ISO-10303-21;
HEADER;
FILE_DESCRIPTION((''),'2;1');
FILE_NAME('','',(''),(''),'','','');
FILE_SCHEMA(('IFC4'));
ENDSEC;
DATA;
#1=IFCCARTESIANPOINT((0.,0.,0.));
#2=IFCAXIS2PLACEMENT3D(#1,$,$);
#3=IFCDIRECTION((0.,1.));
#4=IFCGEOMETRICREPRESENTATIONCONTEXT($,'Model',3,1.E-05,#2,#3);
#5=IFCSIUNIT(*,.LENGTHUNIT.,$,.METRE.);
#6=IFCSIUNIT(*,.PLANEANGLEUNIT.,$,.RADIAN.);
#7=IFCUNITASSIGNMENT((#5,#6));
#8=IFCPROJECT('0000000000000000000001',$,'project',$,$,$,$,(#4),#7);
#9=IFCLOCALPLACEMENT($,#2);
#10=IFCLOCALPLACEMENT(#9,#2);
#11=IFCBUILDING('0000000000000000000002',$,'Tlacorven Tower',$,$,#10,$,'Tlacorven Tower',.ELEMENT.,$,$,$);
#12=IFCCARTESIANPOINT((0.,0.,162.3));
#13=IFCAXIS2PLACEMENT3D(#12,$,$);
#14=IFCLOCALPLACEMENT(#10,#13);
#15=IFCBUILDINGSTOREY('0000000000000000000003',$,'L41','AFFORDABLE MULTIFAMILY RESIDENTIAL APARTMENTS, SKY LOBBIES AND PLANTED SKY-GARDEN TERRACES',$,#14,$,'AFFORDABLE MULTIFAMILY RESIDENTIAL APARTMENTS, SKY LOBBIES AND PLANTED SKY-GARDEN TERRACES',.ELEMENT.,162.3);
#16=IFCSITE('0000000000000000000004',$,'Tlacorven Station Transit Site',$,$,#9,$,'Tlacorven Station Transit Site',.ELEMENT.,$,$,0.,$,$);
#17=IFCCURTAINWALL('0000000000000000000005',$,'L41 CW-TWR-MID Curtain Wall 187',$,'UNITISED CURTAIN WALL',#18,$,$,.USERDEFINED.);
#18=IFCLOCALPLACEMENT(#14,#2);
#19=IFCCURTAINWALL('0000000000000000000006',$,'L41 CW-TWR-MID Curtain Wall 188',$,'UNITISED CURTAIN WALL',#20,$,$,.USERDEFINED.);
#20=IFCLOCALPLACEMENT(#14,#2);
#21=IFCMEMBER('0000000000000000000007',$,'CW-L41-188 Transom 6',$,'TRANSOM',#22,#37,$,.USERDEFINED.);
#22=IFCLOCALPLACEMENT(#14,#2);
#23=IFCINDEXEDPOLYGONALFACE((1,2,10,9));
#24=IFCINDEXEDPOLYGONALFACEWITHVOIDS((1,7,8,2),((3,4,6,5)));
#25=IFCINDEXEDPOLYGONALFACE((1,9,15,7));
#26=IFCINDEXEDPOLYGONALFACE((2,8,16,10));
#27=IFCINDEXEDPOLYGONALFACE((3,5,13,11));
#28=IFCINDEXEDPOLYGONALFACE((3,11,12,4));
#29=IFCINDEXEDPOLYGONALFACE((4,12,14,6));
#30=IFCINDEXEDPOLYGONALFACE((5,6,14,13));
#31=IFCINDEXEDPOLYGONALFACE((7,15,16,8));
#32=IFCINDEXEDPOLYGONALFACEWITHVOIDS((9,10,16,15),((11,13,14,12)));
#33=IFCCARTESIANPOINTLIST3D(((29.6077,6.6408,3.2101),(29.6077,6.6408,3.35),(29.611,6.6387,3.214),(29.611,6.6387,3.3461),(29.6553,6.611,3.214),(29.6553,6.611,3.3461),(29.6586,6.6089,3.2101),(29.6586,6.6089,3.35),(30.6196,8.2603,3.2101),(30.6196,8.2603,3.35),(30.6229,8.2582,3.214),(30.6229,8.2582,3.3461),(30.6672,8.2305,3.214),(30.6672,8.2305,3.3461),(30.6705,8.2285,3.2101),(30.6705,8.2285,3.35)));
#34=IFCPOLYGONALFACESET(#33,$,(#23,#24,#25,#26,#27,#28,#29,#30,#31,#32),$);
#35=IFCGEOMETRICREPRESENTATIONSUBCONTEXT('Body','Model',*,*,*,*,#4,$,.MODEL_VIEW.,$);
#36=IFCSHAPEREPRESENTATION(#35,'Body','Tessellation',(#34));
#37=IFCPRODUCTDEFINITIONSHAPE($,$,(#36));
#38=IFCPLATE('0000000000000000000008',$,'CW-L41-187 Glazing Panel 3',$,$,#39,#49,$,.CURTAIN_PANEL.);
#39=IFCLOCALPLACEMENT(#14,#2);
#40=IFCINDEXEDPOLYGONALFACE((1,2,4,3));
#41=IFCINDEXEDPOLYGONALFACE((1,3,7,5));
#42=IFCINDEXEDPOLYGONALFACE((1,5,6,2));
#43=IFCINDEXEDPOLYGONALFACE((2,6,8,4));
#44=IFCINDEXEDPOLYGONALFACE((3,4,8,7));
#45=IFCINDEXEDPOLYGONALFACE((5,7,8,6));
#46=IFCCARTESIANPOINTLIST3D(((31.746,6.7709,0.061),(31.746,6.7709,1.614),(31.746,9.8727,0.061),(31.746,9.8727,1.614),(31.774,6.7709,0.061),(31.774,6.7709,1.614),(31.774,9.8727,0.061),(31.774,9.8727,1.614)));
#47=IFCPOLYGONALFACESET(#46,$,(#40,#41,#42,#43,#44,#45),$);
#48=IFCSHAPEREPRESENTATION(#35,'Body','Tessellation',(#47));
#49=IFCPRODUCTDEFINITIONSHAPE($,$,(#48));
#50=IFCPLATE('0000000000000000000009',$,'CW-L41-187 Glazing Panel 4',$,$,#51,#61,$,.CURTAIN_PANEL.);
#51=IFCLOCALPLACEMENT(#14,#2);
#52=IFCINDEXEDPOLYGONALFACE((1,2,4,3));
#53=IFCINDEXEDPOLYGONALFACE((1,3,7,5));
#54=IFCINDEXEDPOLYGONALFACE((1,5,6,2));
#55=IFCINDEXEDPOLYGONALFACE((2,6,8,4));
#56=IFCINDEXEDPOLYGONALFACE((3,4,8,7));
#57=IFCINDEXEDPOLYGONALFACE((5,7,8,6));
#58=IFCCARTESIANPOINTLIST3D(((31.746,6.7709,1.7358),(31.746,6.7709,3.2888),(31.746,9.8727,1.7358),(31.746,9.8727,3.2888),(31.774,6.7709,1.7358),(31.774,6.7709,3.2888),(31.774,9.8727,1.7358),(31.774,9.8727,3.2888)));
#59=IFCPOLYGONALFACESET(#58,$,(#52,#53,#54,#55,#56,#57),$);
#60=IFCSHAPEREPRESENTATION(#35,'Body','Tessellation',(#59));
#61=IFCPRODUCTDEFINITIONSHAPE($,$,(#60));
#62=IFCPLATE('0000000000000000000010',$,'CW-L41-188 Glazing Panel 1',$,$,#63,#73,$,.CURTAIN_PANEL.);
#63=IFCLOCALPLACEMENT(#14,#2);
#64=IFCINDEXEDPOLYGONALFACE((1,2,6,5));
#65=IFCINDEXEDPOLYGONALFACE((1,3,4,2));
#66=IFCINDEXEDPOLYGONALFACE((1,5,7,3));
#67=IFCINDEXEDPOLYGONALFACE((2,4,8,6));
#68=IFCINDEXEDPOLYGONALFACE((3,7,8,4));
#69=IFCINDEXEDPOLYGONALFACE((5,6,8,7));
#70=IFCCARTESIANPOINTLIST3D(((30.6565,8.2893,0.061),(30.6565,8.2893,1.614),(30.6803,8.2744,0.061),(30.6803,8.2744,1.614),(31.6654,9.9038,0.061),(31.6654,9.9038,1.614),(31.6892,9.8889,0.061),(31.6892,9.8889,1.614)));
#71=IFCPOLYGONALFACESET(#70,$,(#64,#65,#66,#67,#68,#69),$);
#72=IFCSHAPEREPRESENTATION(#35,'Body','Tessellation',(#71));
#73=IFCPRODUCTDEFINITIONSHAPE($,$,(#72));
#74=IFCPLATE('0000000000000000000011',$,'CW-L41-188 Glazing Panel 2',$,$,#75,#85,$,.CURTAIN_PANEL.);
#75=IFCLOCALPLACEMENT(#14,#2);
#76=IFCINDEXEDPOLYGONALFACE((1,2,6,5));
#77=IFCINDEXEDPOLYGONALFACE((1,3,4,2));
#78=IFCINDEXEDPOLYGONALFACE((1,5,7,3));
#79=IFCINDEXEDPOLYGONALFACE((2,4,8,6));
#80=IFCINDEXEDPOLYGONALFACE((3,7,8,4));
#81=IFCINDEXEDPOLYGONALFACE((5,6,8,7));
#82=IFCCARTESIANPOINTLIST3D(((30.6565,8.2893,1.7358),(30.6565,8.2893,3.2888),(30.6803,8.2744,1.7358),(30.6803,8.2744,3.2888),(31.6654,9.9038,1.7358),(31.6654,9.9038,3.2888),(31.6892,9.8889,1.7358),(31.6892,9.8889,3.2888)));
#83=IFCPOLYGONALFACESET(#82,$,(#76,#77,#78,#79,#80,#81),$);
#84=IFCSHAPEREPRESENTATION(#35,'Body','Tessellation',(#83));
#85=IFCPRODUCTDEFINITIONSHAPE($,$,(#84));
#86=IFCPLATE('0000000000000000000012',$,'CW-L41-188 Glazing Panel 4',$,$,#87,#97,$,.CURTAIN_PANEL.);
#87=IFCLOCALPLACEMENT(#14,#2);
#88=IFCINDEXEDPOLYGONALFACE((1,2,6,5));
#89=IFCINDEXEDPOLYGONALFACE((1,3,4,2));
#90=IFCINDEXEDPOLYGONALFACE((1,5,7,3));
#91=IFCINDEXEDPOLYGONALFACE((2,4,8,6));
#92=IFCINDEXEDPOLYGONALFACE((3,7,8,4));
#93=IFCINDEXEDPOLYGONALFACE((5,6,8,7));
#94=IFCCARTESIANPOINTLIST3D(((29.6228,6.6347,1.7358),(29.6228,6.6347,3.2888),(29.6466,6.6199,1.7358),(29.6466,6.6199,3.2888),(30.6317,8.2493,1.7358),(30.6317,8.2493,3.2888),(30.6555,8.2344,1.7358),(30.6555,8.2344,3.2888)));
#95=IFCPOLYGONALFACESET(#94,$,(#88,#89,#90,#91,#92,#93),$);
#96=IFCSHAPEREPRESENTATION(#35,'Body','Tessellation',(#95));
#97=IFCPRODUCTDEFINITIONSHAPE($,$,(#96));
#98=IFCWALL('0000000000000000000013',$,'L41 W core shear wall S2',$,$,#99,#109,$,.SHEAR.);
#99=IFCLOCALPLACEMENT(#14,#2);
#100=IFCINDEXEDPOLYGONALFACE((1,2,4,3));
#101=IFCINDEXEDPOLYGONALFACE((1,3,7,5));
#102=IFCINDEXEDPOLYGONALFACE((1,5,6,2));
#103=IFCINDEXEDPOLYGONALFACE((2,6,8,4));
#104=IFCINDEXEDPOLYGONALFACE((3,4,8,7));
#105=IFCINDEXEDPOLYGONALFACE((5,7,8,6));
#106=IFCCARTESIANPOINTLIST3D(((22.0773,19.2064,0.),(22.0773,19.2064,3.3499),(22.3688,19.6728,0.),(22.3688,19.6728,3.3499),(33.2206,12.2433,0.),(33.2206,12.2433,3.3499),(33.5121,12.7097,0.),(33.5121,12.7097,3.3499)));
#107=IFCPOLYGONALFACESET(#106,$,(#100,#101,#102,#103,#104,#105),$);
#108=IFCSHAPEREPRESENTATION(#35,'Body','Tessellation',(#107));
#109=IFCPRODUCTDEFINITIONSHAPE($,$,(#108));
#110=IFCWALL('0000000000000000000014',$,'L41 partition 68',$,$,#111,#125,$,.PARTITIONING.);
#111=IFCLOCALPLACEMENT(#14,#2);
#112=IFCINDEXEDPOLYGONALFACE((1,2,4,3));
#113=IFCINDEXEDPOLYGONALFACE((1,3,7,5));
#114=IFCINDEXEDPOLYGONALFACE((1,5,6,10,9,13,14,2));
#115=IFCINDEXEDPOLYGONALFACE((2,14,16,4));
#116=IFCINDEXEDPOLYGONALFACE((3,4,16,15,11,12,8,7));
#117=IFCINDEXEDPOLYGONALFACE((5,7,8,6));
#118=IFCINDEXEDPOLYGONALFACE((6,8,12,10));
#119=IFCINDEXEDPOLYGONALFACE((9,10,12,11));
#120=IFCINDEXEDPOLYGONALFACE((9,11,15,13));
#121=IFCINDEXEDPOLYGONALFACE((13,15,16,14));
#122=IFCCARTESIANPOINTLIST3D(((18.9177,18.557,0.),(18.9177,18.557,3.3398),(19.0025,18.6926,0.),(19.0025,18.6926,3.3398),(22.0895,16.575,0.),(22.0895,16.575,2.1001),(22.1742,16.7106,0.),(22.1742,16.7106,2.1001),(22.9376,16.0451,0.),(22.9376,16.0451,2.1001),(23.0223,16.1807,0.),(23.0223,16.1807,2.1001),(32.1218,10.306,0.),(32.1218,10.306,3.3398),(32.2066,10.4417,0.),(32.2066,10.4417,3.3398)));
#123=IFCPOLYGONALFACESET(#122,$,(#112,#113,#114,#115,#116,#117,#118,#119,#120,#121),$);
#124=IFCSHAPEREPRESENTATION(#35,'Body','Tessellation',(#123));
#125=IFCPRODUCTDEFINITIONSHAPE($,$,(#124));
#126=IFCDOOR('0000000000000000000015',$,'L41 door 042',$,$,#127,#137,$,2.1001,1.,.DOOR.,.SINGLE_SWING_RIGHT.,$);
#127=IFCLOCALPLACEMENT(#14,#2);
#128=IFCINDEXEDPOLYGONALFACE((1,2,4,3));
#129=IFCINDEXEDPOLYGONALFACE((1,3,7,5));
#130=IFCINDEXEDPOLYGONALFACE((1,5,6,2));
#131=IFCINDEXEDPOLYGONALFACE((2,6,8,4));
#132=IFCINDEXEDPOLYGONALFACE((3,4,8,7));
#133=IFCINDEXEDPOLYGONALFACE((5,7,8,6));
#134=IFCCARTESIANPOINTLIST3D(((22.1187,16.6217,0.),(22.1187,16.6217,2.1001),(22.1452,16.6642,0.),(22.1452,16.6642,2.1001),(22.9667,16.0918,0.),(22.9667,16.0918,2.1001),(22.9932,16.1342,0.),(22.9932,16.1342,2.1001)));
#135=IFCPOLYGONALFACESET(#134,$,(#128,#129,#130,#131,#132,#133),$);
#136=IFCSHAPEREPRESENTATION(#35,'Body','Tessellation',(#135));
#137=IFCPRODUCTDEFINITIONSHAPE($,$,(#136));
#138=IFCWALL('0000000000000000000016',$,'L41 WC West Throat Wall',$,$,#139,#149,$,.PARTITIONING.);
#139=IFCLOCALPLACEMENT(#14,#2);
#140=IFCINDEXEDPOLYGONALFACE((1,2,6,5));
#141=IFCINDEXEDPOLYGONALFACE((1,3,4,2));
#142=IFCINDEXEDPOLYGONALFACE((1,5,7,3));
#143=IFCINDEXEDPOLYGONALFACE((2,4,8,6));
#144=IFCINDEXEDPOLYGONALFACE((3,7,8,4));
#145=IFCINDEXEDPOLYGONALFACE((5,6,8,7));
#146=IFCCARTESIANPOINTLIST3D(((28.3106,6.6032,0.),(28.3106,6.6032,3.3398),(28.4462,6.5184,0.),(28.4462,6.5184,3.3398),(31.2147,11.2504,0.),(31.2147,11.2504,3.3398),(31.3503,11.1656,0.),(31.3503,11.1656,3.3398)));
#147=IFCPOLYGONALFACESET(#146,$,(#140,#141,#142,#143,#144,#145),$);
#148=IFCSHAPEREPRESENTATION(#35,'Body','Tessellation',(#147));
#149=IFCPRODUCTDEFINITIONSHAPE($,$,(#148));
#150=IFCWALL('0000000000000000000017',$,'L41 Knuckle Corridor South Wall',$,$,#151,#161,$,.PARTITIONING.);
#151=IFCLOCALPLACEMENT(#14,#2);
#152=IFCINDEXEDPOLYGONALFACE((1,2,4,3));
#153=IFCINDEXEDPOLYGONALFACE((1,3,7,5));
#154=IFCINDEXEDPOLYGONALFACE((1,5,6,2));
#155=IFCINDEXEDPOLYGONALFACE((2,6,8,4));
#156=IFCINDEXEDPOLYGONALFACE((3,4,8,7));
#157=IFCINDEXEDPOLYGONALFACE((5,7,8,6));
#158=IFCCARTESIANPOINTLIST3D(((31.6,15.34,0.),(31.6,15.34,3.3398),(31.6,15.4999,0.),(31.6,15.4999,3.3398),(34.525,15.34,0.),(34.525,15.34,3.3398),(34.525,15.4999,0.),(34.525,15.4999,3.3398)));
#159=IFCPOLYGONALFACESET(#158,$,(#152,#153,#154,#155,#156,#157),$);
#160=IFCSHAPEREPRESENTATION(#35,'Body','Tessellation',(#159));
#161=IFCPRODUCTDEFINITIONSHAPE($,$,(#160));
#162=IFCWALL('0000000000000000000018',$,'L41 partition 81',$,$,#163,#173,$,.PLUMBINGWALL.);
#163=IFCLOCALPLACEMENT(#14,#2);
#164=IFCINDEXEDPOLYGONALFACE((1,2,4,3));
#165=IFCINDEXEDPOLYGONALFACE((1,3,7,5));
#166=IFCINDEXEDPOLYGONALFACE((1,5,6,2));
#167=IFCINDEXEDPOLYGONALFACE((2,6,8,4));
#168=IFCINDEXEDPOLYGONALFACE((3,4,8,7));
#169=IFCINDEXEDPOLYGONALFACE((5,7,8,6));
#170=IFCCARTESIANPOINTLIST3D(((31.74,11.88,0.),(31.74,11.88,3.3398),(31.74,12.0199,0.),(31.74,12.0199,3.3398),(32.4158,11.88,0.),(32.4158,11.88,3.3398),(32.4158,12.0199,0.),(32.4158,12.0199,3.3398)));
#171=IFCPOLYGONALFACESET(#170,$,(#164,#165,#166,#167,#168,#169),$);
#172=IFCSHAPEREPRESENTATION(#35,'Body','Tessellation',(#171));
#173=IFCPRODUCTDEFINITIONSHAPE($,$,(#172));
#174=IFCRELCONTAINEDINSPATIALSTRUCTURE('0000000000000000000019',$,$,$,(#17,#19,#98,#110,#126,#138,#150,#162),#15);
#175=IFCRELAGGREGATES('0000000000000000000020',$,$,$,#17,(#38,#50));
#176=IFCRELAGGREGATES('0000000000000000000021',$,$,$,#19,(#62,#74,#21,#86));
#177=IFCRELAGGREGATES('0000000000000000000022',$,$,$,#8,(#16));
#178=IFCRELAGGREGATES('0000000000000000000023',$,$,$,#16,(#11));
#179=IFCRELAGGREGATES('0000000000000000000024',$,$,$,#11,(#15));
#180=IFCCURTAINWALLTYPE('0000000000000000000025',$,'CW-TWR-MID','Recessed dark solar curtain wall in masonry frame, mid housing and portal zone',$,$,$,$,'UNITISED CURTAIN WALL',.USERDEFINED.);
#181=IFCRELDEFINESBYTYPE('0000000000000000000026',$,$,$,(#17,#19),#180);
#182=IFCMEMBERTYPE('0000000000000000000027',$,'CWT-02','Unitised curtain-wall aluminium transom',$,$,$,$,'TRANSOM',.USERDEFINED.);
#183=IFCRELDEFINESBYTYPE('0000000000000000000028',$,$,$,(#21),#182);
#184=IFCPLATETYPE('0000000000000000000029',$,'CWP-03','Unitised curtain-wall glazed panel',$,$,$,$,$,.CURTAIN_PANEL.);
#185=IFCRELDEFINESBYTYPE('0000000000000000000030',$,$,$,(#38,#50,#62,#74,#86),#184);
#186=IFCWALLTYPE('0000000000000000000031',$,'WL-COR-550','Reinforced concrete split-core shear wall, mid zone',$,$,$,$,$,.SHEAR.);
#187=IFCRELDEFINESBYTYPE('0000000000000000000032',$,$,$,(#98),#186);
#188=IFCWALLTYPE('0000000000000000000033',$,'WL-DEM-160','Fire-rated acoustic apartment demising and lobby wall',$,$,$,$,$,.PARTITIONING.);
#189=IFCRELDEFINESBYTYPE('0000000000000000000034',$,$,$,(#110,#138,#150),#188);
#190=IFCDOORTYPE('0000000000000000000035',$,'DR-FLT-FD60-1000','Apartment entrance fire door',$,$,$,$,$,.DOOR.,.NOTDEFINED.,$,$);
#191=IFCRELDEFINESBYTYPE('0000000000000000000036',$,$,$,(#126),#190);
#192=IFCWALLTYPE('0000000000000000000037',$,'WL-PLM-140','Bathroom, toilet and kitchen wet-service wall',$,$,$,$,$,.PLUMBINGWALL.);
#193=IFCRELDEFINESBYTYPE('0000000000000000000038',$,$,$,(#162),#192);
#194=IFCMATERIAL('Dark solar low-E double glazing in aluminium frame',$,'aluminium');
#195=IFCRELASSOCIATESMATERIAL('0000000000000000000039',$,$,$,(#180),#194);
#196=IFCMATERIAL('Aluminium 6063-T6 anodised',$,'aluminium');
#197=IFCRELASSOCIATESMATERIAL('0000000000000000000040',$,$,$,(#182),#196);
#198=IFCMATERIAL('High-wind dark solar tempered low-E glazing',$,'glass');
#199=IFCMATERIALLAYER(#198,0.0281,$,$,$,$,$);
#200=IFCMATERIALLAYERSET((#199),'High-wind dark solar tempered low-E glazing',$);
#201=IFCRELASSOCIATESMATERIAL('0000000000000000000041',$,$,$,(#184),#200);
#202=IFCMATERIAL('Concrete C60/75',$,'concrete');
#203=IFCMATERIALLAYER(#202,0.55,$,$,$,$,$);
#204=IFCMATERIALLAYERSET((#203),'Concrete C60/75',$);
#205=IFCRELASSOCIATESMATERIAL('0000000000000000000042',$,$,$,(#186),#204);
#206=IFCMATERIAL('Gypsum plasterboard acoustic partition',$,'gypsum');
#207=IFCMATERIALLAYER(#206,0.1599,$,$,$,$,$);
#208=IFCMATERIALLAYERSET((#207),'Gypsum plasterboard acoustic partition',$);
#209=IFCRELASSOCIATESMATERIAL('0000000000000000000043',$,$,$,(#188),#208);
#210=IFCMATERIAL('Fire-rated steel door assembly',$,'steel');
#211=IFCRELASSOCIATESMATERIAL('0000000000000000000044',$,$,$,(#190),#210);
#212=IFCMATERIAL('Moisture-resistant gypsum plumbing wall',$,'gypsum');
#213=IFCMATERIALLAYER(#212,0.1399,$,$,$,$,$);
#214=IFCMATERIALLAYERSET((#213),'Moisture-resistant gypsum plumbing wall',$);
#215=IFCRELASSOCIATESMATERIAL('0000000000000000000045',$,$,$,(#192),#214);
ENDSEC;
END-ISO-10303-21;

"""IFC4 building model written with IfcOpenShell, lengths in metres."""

from ifc_helpers import new_model, si_unit, direction, frame, frame_2d, origin, origin_2d, place, context, subcontext, project, spatial, rectangle, hollow_rectangle, extrude, source, transform, mapped, material, layer, layer_set, material_profile, profile_set, type_object, element, fill, aggregate, save


model = new_model("IFC4")

# Units and contexts
model_context = context("Model", 3, precision=1e-05, world=origin(), true_north=direction((0.0, 1.0)))
body_context = subcontext(model_context, "Body", "Model", "MODEL_VIEW")
ifc_project = project(units=[si_unit("LENGTHUNIT", "METRE"), si_unit("PLANEANGLEUNIT", "RADIAN")], contexts=[model_context])

# Site, building, storey
site_placement = place(None, origin())
site = spatial("IfcSite", under=ifc_project, at=site_placement, Name="Tlacorven Station Transit Site", LongName="Tlacorven Station Transit Site", CompositionType="ELEMENT", RefElevation=0.0)
building_placement = place(site_placement, origin())
building = spatial("IfcBuilding", under=site, at=building_placement, Name="Tlacorven Tower", LongName="Tlacorven Tower", CompositionType="ELEMENT")
storey_placement = place(building_placement, frame((0.0, 0.0, 162.3)))
storey = spatial("IfcBuildingStorey", under=building, at=storey_placement, Name="L41", Description="AFFORDABLE MULTIFAMILY RESIDENTIAL APARTMENTS, SKY LOBBIES AND PLANTED SKY-GARDEN TERRACES", LongName="AFFORDABLE MULTIFAMILY RESIDENTIAL APARTMENTS, SKY LOBBIES AND PLANTED SKY-GARDEN TERRACES", CompositionType="ELEMENT", Elevation=162.3)

# Curtain wall
ifc_material_1 = material(Name="Dark solar low-E double glazing in aluminium frame", Category="aluminium")
curtain_wall_type = type_object("IfcCurtainWallType", Name="CW-TWR-MID", Description="Recessed dark solar curtain wall in masonry frame, mid housing and portal zone", ElementType="UNITISED CURTAIN WALL", PredefinedType="USERDEFINED", material=ifc_material_1)
curtain_wall_1_placement = place(storey_placement, origin())
curtain_wall_1 = element("IfcCurtainWall", 1, at=curtain_wall_1_placement, inside=storey, type_object=curtain_wall_type, Name="L41 CW-TWR-MID Curtain Wall 187", ObjectType="UNITISED CURTAIN WALL", PredefinedType="USERDEFINED")
ifc_material_2 = material(Name="Aluminium 6063-T6 anodised", Category="aluminium")

# Curtain wall, member
curtain_wall_2_placement = place(storey_placement, origin())
curtain_wall_2 = element("IfcCurtainWall", 2, at=curtain_wall_2_placement, inside=storey, type_object=curtain_wall_type, Name="L41 CW-TWR-MID Curtain Wall 188", ObjectType="UNITISED CURTAIN WALL", PredefinedType="USERDEFINED")
ifc_material_profile_1 = material_profile(ifc_material_2, hollow_rectangle(XDim=0.0601, YDim=0.1399, WallThickness=0.0039, at=origin_2d()), Name="ALU TRANSOM 60X140")
ifc_profile_set_1 = profile_set([ifc_material_profile_1], Name="Aluminium 6063-T6 anodised")
member_type_1 = type_object("IfcMemberType", Name="CWT-02", Description="Unitised curtain-wall aluminium transom", ElementType="TRANSOM", PredefinedType="USERDEFINED", material=ifc_profile_set_1)
shared_shape_1 = source(origin(), body_context, "Body", "SweptSolid", [
    extrude(hollow_rectangle(XDim=0.0601, YDim=0.1399, WallThickness=0.0039, at=origin_2d()), origin(), (0.0, 0.0, 1.0), 1.9097),
])
member_1_placement = place(storey_placement, frame((30.645, 8.2444, 3.28), z_axis=(-0.529884, -0.84807, 0.0), x_axis=(0.84807, -0.529884, 0.0)))
member_1 = element("IfcMember", 3, at=member_1_placement, type_object=member_type_1, Name="CW-L41-188 Transom 6", ObjectType="TRANSOM", PredefinedType="USERDEFINED", context=body_context, shape_type="MappedRepresentation", body=[
    mapped(shared_shape_1, transform((0.0, 0.0, 0.0), scale=1.0)),
])

# Plates
ifc_material_3 = material(Name="High-wind dark solar tempered low-E glazing", Category="glass")
ifc_layer_1 = layer(ifc_material_3, 0.0281)
ifc_layer_set_1 = layer_set([ifc_layer_1], Name="High-wind dark solar tempered low-E glazing")
plate_type = type_object("IfcPlateType", Name="CWP-03", Description="Unitised curtain-wall glazed panel", PredefinedType="CURTAIN_PANEL", material=ifc_layer_set_1)
shared_shape_2 = source(origin(), body_context, "Body", "SweptSolid", [
    extrude(rectangle(XDim=3.1018, YDim=0.0281, at=origin_2d()), origin(), (0.0, 0.0, 1.0), 1.553),
])
plate_1_placement = place(storey_placement, frame((31.76, 8.3218, 0.061), z_axis=(0.0, 0.0, 1.0), x_axis=(0.0, 1.0, 0.0)))
plate_1 = element("IfcPlate", 4, at=plate_1_placement, type_object=plate_type, Name="CW-L41-187 Glazing Panel 3", PredefinedType="CURTAIN_PANEL", context=body_context, shape_type="MappedRepresentation", body=[
    mapped(shared_shape_2, transform((0.0, 0.0, 0.0), scale=1.0)),
])
plate_2_placement = place(storey_placement, frame((31.76, 8.3218, 1.7358), z_axis=(0.0, 0.0, 1.0), x_axis=(0.0, 1.0, 0.0)))
plate_2 = element("IfcPlate", 5, at=plate_2_placement, type_object=plate_type, Name="CW-L41-187 Glazing Panel 4", PredefinedType="CURTAIN_PANEL", context=body_context, shape_type="MappedRepresentation", body=[
    mapped(shared_shape_2, transform((0.0, 0.0, 0.0), scale=1.0)),
])
aggregate(curtain_wall_1, [plate_1, plate_2])
shared_shape_3 = source(origin(), body_context, "Body", "SweptSolid", [
    extrude(rectangle(XDim=1.9038, YDim=0.0281, at=origin_2d()), origin(), (0.0, 0.0, 1.0), 1.553),
])
plate_3_placement = place(storey_placement, frame((31.1729, 9.0891, 0.061), z_axis=(0.0, 0.0, 1.0), x_axis=(-0.529919, -0.848048, 0.0)))
plate_3 = element("IfcPlate", 6, at=plate_3_placement, type_object=plate_type, Name="CW-L41-188 Glazing Panel 1", PredefinedType="CURTAIN_PANEL", context=body_context, shape_type="MappedRepresentation", body=[
    mapped(shared_shape_3, transform((0.0, 0.0, 0.0), scale=1.0)),
])
plate_4_placement = place(storey_placement, frame((31.1729, 9.0891, 1.7358), z_axis=(0.0, 0.0, 1.0), x_axis=(-0.529919, -0.848048, 0.0)))
plate_4 = element("IfcPlate", 7, at=plate_4_placement, type_object=plate_type, Name="CW-L41-188 Glazing Panel 2", PredefinedType="CURTAIN_PANEL", context=body_context, shape_type="MappedRepresentation", body=[
    mapped(shared_shape_3, transform((0.0, 0.0, 0.0), scale=1.0)),
])
plate_5_placement = place(storey_placement, frame((30.1392, 7.4346, 1.7358), z_axis=(0.0, 0.0, 1.0), x_axis=(-0.529919, -0.848048, 0.0)))
plate_5 = element("IfcPlate", 8, at=plate_5_placement, type_object=plate_type, Name="CW-L41-188 Glazing Panel 4", PredefinedType="CURTAIN_PANEL", context=body_context, shape_type="MappedRepresentation", body=[
    mapped(shared_shape_3, transform((0.0, 0.0, 0.0), scale=1.0)),
])
aggregate(curtain_wall_2, [plate_3, plate_4, member_1, plate_5])

# Wall
ifc_material_4 = material(Name="Concrete C60/75", Category="concrete")
ifc_layer_2 = layer(ifc_material_4, 0.55)
ifc_layer_set_2 = layer_set([ifc_layer_2], Name="Concrete C60/75")
wall_type_1 = type_object("IfcWallType", Name="WL-COR-550", Description="Reinforced concrete split-core shear wall, mid zone", PredefinedType="SHEAR", material=ifc_layer_set_2)
wall_1_placement = place(storey_placement, frame((33.3662, 12.4766, 0.0), z_axis=(0.0, 0.0, 1.0), x_axis=(-0.848047, 0.52992, 0.0)))
element("IfcWall", 9, at=wall_1_placement, inside=storey, type_object=wall_type_1, Name="L41 W core shear wall S2", PredefinedType="SHEAR", context=body_context, shape_type="SweptSolid", body=[
    extrude(rectangle(XDim=13.1399, YDim=0.55, at=frame_2d((6.5698, 0.0))), origin(), (0.0, 0.0, 1.0), 3.3499),
])

# Wall, opening, door
ifc_material_5 = material(Name="Gypsum plasterboard acoustic partition", Category="gypsum")
ifc_layer_3 = layer(ifc_material_5, 0.1599)
ifc_layer_set_3 = layer_set([ifc_layer_3], Name="Gypsum plasterboard acoustic partition")
wall_type_2 = type_object("IfcWallType", Name="WL-DEM-160", Description="Fire-rated acoustic apartment demising and lobby wall", PredefinedType="PARTITIONING", material=ifc_layer_set_3)
wall_2_placement = place(storey_placement, frame((32.1643, 10.3738, 0.0), z_axis=(0.0, 0.0, 1.0), x_axis=(-0.848044, 0.529926, 0.0)))
wall_2 = element("IfcWall", 10, at=wall_2_placement, inside=storey, type_object=wall_type_2, Name="L41 partition 68", PredefinedType="PARTITIONING", context=body_context, shape_type="SweptSolid", body=[
    extrude(rectangle(XDim=15.5701, YDim=0.1599, at=frame_2d((7.7852, 0.0))), origin(), (0.0, 0.0, 1.0), 3.3398),
])
opening_1_placement = place(wall_2_placement, frame((10.8301, 0.0, 0.0)))
opening_1 = element("IfcOpeningElement", 11, at=opening_1_placement, cuts=wall_2, PredefinedType="OPENING", context=body_context, shape_type="SweptSolid", body=[
    extrude(rectangle(XDim=1.0, YDim=2.1001, at=frame_2d((0.5, 1.05))), frame((0.0, 0.0898, 0.0), z_axis=(0.0, -1.0, 0.0), x_axis=(1.0, 0.0, 0.0)), (0.0, 0.0, 1.0), 0.1799),
])
ifc_material_6 = material(Name="Fire-rated steel door assembly", Category="steel")
door_type_1 = type_object("IfcDoorType", Name="DR-FLT-FD60-1000", Description="Apartment entrance fire door", OperationType="NOTDEFINED", PredefinedType="DOOR", material=ifc_material_6)
shared_shape_4 = source(origin(), body_context, "Body", "SweptSolid", [
    extrude(rectangle(XDim=1.0, YDim=2.1001, at=frame_2d((0.5, 1.05))), frame((0.0, 0.0249, 0.0), z_axis=(0.0, -1.0, 0.0), x_axis=(1.0, 0.0, 0.0)), (0.0, 0.0, 1.0), 0.05),
])
door_1_placement = place(opening_1_placement, origin())
door_1 = element("IfcDoor", 12, at=door_1_placement, inside=storey, type_object=door_type_1, Name="L41 door 042", OperationType="SINGLE_SWING_RIGHT", OverallHeight=2.1001, OverallWidth=1.0, PredefinedType="DOOR", context=body_context, shape_type="MappedRepresentation", body=[
    mapped(shared_shape_4, transform((0.0, 0.0, 0.0), scale=1.0)),
])
fill(opening_1, door_1)

# Walls
wall_3_placement = place(storey_placement, frame((31.2825, 11.208, 0.0), z_axis=(0.0, 0.0, 1.0), x_axis=(-0.529939, -0.848036, 0.0)))
element("IfcWall", 13, at=wall_3_placement, inside=storey, type_object=wall_type_2, Name="L41 WC West Throat Wall", PredefinedType="PARTITIONING", context=body_context, shape_type="SweptSolid", body=[
    extrude(rectangle(XDim=5.48, YDim=0.1599, at=frame_2d((2.74, 0.0))), origin(), (0.0, 0.0, 1.0), 3.3398),
])
wall_4_placement = place(storey_placement, frame((31.6001, 15.4199, 0.0), z_axis=(0.0, 0.0, 1.0), x_axis=(1.0, 0.0, 0.0)))
element("IfcWall", 14, at=wall_4_placement, inside=storey, type_object=wall_type_2, Name="L41 Knuckle Corridor South Wall", PredefinedType="PARTITIONING", context=body_context, shape_type="SweptSolid", body=[
    extrude(rectangle(XDim=2.925, YDim=0.1599, at=frame_2d((1.4624, 0.0))), origin(), (0.0, 0.0, 1.0), 3.3398),
])
ifc_material_7 = material(Name="Moisture-resistant gypsum plumbing wall", Category="gypsum")
ifc_layer_4 = layer(ifc_material_7, 0.1399)
ifc_layer_set_4 = layer_set([ifc_layer_4], Name="Moisture-resistant gypsum plumbing wall")
wall_type_3 = type_object("IfcWallType", Name="WL-PLM-140", Description="Bathroom, toilet and kitchen wet-service wall", PredefinedType="PLUMBINGWALL", material=ifc_layer_set_4)
wall_5_placement = place(storey_placement, frame((31.74, 11.95, 0.0), z_axis=(0.0, 0.0, 1.0), x_axis=(1.0, 0.0, 0.0)))
element("IfcWall", 15, at=wall_5_placement, inside=storey, type_object=wall_type_3, Name="L41 partition 81", PredefinedType="PLUMBINGWALL", context=body_context, shape_type="SweptSolid", body=[
    extrude(rectangle(XDim=0.6758, YDim=0.1399, at=frame_2d((0.3379, 0.0))), origin(), (0.0, 0.0, 1.0), 3.3398),
])

save(model, "model.ifc")
